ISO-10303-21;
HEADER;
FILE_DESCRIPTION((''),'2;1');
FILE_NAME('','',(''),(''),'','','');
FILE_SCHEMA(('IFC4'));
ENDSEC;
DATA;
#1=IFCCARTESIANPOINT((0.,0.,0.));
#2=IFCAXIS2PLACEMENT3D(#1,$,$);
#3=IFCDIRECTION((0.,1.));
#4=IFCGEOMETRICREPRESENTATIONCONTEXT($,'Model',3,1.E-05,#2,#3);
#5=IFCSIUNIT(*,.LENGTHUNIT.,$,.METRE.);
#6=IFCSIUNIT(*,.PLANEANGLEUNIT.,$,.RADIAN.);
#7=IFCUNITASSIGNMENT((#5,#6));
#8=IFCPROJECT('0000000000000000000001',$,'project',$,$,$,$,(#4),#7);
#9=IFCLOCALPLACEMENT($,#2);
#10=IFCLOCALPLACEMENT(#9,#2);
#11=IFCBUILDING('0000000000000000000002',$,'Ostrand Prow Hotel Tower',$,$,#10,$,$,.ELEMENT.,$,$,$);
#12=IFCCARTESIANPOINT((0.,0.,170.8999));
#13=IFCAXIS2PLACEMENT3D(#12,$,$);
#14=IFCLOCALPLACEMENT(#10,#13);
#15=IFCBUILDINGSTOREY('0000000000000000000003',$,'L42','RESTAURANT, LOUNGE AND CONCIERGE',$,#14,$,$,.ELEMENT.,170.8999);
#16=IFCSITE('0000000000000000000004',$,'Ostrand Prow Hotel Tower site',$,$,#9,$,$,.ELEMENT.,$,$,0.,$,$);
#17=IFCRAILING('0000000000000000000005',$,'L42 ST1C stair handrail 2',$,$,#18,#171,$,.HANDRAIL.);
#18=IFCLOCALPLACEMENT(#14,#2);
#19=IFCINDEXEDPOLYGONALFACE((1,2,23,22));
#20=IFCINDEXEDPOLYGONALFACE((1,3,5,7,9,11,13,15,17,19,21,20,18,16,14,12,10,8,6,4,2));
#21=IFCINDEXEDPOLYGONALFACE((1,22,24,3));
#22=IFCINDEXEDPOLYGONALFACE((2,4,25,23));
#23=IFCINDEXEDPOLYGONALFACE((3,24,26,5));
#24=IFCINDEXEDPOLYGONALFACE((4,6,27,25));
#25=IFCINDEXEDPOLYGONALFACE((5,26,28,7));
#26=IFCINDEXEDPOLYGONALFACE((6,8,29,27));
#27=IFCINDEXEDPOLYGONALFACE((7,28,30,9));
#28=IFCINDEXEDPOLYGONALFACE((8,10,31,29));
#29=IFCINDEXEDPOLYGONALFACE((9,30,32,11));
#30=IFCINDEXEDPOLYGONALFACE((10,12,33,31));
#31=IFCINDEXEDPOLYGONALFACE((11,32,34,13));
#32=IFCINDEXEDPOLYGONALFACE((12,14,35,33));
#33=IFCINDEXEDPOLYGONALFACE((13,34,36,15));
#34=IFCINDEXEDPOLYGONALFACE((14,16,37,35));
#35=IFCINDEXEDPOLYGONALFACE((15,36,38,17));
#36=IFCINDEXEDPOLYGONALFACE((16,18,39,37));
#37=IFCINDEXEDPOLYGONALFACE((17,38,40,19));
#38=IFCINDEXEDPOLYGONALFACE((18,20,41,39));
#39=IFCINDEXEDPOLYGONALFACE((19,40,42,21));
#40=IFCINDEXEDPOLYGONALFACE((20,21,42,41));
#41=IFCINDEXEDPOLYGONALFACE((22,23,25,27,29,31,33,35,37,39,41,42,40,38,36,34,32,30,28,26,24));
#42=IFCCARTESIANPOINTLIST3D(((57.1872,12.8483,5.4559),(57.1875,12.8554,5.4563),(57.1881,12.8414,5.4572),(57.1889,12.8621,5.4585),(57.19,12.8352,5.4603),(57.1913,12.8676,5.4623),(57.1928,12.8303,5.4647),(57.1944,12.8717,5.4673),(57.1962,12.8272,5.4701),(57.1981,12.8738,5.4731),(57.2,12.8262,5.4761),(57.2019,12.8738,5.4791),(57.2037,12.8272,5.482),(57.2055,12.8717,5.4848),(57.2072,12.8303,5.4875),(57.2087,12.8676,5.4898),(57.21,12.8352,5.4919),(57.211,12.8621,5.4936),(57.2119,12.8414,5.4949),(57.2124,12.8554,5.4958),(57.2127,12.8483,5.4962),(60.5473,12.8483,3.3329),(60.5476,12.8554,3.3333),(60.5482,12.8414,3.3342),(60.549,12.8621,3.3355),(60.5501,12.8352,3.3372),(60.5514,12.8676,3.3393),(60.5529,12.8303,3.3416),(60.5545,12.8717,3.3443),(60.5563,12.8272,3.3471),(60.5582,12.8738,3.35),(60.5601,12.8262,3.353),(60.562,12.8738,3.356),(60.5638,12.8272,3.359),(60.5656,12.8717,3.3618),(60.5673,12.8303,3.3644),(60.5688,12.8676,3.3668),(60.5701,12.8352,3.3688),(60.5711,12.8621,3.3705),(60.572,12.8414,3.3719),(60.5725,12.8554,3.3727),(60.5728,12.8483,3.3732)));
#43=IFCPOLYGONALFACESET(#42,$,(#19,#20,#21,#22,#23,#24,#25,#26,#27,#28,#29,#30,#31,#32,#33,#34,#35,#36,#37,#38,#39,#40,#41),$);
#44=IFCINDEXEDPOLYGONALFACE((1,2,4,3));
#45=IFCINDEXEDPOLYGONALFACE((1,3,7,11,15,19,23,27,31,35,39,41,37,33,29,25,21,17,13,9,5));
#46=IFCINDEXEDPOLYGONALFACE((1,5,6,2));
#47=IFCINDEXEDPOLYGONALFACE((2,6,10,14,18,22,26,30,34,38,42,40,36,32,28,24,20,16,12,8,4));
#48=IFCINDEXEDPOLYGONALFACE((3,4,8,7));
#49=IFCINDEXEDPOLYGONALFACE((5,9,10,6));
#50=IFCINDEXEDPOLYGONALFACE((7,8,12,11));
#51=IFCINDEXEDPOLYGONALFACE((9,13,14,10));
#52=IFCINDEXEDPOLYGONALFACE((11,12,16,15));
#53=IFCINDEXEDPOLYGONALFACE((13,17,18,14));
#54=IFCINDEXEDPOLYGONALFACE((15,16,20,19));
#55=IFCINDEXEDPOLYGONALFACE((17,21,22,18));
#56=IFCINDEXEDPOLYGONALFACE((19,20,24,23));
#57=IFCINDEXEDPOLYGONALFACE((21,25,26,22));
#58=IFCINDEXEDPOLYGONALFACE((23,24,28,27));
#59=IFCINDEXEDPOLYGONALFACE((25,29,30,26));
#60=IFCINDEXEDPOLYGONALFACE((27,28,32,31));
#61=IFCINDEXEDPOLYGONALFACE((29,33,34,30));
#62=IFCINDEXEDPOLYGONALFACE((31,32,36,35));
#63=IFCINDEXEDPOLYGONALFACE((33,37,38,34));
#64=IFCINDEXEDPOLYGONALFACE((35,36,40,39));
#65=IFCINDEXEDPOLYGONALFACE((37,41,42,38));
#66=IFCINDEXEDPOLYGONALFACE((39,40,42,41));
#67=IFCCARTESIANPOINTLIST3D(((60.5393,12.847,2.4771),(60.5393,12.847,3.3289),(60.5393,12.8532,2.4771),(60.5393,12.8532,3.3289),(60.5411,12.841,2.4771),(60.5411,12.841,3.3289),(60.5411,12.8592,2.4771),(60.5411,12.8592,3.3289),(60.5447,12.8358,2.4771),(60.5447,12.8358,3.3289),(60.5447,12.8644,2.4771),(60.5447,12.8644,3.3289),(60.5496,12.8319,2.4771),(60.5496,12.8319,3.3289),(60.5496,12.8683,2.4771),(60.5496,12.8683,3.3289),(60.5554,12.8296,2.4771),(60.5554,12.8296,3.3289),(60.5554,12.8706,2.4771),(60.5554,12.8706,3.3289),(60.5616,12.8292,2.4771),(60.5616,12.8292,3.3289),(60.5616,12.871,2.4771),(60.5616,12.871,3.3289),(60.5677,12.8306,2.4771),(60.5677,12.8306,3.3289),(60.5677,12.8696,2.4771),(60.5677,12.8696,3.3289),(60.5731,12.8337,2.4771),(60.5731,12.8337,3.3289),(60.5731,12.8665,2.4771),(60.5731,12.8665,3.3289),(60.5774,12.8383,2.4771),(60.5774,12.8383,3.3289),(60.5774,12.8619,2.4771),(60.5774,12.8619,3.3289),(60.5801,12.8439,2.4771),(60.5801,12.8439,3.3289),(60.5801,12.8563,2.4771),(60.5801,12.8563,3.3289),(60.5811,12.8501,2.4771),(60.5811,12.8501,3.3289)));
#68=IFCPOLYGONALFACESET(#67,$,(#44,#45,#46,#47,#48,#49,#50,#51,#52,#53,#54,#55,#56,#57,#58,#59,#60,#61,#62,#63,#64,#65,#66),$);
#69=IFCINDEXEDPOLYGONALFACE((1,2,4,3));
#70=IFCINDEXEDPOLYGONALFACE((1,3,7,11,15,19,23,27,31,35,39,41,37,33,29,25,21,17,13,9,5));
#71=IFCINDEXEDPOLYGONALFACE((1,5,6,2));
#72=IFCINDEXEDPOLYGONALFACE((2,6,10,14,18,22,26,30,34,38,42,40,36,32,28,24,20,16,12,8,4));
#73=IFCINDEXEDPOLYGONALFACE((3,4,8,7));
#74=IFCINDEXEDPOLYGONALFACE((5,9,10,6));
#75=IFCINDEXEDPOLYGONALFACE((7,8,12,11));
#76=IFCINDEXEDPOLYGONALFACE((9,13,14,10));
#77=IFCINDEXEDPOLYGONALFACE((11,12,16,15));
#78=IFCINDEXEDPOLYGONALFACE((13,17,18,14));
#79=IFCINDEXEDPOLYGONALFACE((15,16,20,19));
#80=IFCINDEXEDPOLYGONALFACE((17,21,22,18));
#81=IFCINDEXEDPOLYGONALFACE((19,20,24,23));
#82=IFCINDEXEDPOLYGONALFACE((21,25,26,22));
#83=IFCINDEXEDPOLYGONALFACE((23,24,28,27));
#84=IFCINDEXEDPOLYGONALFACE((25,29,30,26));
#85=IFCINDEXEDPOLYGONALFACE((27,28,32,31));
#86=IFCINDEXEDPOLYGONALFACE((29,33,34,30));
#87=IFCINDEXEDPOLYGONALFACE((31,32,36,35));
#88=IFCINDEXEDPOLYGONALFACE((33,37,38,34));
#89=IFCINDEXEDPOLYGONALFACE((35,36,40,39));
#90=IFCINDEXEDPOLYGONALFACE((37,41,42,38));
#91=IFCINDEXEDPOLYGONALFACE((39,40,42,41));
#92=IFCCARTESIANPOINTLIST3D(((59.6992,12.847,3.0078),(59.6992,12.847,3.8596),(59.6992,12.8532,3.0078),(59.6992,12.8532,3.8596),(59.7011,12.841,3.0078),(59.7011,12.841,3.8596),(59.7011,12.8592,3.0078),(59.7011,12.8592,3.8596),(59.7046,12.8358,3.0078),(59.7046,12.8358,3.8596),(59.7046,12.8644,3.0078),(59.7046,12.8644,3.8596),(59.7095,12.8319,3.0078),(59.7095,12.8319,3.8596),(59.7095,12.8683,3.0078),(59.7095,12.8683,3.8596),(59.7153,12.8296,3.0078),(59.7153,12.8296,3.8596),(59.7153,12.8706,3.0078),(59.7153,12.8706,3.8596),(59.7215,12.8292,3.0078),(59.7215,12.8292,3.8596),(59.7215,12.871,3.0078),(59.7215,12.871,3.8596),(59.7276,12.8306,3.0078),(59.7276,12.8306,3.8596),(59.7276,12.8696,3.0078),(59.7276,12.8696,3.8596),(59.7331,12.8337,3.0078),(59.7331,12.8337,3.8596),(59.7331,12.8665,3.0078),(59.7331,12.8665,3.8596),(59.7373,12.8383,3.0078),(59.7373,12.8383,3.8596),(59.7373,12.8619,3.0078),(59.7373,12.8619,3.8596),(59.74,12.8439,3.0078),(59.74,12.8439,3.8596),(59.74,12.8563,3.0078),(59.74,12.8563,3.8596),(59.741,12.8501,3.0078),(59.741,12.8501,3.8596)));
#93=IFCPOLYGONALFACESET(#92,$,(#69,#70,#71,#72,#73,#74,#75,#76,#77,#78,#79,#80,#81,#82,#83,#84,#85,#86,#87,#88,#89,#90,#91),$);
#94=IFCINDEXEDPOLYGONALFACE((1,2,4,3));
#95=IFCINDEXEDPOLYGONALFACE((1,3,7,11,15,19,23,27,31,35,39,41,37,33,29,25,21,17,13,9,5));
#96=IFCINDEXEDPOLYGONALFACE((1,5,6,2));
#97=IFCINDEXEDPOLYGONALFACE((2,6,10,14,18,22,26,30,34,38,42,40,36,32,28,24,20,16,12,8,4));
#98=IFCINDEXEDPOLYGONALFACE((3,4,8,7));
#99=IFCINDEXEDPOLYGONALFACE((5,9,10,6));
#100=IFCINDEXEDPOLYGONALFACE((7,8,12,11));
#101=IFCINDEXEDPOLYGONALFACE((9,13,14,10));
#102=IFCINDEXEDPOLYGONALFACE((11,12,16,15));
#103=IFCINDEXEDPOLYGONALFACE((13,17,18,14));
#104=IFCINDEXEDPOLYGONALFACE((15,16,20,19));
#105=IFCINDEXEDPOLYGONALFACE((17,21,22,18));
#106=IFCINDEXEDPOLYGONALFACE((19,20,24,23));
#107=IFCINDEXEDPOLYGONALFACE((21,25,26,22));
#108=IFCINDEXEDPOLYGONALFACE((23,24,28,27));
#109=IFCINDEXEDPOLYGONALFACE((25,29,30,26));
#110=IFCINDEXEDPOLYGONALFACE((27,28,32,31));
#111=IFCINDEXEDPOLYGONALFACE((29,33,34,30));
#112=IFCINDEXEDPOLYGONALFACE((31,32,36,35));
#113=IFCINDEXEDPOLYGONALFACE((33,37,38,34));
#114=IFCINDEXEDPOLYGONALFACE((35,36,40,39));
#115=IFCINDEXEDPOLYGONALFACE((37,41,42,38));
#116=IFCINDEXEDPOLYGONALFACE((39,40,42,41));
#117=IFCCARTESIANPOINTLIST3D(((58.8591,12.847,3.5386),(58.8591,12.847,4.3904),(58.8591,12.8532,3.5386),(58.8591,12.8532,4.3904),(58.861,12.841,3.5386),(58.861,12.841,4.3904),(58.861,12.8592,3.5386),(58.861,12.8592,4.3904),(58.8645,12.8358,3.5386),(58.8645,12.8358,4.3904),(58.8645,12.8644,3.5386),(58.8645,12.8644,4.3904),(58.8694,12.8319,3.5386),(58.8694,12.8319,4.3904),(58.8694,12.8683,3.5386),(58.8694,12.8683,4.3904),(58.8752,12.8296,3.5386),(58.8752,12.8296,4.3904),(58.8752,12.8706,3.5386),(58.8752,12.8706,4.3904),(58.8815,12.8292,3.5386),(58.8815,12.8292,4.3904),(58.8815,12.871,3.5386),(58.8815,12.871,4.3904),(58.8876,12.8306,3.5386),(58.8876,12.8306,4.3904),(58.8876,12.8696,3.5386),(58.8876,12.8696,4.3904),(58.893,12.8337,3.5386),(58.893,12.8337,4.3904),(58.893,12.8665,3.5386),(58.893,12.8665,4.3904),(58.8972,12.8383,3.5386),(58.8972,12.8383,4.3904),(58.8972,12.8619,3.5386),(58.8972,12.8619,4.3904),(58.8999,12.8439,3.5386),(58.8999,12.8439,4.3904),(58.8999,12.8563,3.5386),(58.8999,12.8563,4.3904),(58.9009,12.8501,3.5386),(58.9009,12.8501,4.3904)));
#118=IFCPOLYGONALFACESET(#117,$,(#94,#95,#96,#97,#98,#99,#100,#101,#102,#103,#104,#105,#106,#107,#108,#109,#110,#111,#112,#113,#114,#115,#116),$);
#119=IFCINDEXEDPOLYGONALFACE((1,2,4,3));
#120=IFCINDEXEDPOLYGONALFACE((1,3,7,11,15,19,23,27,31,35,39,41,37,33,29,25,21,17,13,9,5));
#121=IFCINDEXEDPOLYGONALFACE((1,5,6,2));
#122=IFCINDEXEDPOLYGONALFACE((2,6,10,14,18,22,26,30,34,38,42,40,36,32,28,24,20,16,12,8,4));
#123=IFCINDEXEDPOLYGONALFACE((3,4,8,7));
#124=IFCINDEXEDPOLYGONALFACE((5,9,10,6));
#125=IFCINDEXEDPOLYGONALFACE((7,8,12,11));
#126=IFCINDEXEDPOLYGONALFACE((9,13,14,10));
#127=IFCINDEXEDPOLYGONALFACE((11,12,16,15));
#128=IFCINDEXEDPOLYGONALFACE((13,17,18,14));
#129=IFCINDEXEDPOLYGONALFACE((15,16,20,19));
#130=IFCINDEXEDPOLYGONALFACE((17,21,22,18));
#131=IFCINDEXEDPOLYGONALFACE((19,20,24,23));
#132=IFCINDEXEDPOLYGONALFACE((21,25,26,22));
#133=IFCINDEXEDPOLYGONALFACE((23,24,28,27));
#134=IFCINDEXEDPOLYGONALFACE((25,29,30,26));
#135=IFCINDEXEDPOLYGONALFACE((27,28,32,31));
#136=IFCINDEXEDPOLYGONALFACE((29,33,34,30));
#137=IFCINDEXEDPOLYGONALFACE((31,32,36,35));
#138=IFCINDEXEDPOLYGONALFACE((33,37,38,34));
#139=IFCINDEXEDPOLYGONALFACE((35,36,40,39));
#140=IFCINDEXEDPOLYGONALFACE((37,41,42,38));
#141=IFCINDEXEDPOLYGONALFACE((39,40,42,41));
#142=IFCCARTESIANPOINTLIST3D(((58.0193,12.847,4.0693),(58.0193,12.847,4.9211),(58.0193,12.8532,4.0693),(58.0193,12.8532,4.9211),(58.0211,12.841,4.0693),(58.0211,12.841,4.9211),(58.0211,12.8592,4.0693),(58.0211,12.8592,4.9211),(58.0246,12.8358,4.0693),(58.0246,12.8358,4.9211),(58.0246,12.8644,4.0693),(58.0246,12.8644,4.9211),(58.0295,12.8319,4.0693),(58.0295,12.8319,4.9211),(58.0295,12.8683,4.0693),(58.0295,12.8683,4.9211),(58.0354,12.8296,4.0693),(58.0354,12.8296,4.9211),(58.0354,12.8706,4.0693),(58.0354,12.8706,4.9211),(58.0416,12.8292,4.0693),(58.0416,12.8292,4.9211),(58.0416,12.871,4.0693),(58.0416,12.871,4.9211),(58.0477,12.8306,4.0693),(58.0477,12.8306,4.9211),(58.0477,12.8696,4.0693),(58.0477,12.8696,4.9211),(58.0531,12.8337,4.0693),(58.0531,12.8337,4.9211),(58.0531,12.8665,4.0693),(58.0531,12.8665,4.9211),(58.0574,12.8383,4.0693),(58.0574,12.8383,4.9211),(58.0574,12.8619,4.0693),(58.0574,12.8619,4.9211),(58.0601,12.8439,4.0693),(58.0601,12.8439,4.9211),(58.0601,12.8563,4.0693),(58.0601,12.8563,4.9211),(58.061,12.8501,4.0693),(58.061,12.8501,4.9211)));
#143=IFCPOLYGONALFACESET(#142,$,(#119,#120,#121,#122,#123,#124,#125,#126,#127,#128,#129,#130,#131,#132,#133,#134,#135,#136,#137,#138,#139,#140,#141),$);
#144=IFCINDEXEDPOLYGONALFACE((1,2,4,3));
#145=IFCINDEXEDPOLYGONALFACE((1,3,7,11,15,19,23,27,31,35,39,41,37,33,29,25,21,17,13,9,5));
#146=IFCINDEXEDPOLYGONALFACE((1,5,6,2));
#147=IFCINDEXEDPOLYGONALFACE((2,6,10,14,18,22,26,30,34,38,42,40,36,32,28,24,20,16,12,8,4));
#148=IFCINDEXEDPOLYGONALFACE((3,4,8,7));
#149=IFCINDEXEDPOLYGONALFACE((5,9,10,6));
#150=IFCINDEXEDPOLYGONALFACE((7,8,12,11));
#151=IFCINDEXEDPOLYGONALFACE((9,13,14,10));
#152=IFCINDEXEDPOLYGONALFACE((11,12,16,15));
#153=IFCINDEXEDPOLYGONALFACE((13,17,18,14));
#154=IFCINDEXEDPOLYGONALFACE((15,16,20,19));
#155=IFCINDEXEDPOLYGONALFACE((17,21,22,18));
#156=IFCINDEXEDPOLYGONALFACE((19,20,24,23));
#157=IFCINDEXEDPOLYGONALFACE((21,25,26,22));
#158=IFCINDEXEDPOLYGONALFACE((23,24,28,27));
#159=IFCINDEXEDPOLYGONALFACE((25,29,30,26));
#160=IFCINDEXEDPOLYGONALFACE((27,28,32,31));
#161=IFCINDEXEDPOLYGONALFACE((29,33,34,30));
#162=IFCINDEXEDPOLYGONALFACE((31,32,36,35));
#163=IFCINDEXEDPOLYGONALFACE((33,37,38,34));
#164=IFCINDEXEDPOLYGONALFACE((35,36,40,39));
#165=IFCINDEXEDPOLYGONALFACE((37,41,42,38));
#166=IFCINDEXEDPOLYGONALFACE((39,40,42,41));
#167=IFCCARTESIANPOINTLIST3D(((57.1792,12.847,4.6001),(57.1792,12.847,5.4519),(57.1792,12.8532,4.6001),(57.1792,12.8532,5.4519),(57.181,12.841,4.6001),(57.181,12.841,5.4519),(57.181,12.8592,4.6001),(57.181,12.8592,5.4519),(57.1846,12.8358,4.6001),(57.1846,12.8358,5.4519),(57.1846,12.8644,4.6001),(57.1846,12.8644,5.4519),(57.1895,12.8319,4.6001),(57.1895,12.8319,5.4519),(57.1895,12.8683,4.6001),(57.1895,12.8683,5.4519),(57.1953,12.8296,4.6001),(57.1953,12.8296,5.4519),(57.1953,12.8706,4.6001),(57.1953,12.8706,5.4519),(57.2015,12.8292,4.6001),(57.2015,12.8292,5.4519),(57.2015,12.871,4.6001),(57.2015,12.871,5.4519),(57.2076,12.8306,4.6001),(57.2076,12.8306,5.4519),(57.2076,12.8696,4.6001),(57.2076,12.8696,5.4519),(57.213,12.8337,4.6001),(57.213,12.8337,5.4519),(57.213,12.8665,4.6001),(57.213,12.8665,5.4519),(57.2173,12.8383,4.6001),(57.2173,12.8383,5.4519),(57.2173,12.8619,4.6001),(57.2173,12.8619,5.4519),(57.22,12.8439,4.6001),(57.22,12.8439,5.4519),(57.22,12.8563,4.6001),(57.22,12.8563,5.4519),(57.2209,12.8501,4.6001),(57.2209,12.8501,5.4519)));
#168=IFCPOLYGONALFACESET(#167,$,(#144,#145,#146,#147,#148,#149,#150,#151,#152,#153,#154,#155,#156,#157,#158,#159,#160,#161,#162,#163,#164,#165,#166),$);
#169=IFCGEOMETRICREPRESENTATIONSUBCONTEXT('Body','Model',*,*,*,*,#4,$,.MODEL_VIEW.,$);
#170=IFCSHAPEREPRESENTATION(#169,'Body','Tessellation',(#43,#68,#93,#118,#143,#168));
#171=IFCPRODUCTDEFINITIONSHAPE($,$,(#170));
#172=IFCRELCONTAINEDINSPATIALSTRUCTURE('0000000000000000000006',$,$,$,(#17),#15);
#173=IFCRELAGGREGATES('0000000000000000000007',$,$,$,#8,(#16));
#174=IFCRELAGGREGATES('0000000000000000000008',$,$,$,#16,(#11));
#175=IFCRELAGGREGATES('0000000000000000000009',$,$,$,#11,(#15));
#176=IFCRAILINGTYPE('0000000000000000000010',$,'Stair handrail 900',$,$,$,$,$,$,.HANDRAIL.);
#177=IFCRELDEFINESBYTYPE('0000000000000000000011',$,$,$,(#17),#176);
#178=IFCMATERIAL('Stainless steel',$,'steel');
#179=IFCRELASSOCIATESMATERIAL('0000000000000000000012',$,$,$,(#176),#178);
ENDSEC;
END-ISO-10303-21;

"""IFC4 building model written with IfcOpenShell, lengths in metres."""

from ifc_helpers import new_model, si_unit, direction, frame, origin, origin_2d, place, context, subcontext, project, spatial, circle, extrude, material, type_object, element, save


model = new_model("IFC4")

# Units and contexts
model_context = context("Model", 3, precision=1e-05, world=origin(), true_north=direction((0.0, 1.0)))
body_context = subcontext(model_context, "Body", "Model", "MODEL_VIEW")
ifc_project = project(units=[si_unit("LENGTHUNIT", "METRE"), si_unit("PLANEANGLEUNIT", "RADIAN")], contexts=[model_context])

# Site, building, storey
site_placement = place(None, origin())
site = spatial("IfcSite", under=ifc_project, at=site_placement, Name="Ostrand Prow Hotel Tower site", CompositionType="ELEMENT", RefElevation=0.0)
building_placement = place(site_placement, origin())
building = spatial("IfcBuilding", under=site, at=building_placement, Name="Ostrand Prow Hotel Tower", CompositionType="ELEMENT")
storey_placement = place(building_placement, frame((0.0, 0.0, 170.8999)))
storey = spatial("IfcBuildingStorey", under=building, at=storey_placement, Name="L42", Description="RESTAURANT, LOUNGE AND CONCIERGE", CompositionType="ELEMENT", Elevation=170.8999)

# Railing
ifc_material_1 = material(Name="Stainless steel", Category="steel")
railing_type_1 = type_object("IfcRailingType", Name="Stair handrail 900", PredefinedType="HANDRAIL", material=ifc_material_1)
railing_1_placement = place(storey_placement, frame((60.5601, 12.8501, 2.4771)))
element("IfcRailing", 1, at=railing_1_placement, inside=storey, type_object=railing_type_1, Name="L42 ST1C stair handrail 2", PredefinedType="HANDRAIL", context=body_context, shape_type="SweptSolid", body=[
    extrude(circle(Radius=0.0239, at=origin_2d()), frame((0.0, 0.0, 0.876), z_axis=(-0.84539, 0.0, 0.53415), x_axis=(0.0, -1.0, 0.0)), (0.0, 0.0, 1.0), 3.9746),
    extrude(circle(Radius=0.021, at=origin_2d()), origin(), (0.0, 0.0, 1.0), 0.8518),
    extrude(circle(Radius=0.021, at=origin_2d()), frame((-0.8401, 0.0, 0.5308)), (0.0, 0.0, 1.0), 0.8518),
    extrude(circle(Radius=0.021, at=origin_2d()), frame((-1.6802, 0.0, 1.0615)), (0.0, 0.0, 1.0), 0.8518),
    extrude(circle(Radius=0.021, at=origin_2d()), frame((-2.52, 0.0, 1.5923)), (0.0, 0.0, 1.0), 0.8518),
    extrude(circle(Radius=0.021, at=origin_2d()), frame((-3.3601, 0.0, 2.123)), (0.0, 0.0, 1.0), 0.8518),
])

save(model, "model.ifc")
